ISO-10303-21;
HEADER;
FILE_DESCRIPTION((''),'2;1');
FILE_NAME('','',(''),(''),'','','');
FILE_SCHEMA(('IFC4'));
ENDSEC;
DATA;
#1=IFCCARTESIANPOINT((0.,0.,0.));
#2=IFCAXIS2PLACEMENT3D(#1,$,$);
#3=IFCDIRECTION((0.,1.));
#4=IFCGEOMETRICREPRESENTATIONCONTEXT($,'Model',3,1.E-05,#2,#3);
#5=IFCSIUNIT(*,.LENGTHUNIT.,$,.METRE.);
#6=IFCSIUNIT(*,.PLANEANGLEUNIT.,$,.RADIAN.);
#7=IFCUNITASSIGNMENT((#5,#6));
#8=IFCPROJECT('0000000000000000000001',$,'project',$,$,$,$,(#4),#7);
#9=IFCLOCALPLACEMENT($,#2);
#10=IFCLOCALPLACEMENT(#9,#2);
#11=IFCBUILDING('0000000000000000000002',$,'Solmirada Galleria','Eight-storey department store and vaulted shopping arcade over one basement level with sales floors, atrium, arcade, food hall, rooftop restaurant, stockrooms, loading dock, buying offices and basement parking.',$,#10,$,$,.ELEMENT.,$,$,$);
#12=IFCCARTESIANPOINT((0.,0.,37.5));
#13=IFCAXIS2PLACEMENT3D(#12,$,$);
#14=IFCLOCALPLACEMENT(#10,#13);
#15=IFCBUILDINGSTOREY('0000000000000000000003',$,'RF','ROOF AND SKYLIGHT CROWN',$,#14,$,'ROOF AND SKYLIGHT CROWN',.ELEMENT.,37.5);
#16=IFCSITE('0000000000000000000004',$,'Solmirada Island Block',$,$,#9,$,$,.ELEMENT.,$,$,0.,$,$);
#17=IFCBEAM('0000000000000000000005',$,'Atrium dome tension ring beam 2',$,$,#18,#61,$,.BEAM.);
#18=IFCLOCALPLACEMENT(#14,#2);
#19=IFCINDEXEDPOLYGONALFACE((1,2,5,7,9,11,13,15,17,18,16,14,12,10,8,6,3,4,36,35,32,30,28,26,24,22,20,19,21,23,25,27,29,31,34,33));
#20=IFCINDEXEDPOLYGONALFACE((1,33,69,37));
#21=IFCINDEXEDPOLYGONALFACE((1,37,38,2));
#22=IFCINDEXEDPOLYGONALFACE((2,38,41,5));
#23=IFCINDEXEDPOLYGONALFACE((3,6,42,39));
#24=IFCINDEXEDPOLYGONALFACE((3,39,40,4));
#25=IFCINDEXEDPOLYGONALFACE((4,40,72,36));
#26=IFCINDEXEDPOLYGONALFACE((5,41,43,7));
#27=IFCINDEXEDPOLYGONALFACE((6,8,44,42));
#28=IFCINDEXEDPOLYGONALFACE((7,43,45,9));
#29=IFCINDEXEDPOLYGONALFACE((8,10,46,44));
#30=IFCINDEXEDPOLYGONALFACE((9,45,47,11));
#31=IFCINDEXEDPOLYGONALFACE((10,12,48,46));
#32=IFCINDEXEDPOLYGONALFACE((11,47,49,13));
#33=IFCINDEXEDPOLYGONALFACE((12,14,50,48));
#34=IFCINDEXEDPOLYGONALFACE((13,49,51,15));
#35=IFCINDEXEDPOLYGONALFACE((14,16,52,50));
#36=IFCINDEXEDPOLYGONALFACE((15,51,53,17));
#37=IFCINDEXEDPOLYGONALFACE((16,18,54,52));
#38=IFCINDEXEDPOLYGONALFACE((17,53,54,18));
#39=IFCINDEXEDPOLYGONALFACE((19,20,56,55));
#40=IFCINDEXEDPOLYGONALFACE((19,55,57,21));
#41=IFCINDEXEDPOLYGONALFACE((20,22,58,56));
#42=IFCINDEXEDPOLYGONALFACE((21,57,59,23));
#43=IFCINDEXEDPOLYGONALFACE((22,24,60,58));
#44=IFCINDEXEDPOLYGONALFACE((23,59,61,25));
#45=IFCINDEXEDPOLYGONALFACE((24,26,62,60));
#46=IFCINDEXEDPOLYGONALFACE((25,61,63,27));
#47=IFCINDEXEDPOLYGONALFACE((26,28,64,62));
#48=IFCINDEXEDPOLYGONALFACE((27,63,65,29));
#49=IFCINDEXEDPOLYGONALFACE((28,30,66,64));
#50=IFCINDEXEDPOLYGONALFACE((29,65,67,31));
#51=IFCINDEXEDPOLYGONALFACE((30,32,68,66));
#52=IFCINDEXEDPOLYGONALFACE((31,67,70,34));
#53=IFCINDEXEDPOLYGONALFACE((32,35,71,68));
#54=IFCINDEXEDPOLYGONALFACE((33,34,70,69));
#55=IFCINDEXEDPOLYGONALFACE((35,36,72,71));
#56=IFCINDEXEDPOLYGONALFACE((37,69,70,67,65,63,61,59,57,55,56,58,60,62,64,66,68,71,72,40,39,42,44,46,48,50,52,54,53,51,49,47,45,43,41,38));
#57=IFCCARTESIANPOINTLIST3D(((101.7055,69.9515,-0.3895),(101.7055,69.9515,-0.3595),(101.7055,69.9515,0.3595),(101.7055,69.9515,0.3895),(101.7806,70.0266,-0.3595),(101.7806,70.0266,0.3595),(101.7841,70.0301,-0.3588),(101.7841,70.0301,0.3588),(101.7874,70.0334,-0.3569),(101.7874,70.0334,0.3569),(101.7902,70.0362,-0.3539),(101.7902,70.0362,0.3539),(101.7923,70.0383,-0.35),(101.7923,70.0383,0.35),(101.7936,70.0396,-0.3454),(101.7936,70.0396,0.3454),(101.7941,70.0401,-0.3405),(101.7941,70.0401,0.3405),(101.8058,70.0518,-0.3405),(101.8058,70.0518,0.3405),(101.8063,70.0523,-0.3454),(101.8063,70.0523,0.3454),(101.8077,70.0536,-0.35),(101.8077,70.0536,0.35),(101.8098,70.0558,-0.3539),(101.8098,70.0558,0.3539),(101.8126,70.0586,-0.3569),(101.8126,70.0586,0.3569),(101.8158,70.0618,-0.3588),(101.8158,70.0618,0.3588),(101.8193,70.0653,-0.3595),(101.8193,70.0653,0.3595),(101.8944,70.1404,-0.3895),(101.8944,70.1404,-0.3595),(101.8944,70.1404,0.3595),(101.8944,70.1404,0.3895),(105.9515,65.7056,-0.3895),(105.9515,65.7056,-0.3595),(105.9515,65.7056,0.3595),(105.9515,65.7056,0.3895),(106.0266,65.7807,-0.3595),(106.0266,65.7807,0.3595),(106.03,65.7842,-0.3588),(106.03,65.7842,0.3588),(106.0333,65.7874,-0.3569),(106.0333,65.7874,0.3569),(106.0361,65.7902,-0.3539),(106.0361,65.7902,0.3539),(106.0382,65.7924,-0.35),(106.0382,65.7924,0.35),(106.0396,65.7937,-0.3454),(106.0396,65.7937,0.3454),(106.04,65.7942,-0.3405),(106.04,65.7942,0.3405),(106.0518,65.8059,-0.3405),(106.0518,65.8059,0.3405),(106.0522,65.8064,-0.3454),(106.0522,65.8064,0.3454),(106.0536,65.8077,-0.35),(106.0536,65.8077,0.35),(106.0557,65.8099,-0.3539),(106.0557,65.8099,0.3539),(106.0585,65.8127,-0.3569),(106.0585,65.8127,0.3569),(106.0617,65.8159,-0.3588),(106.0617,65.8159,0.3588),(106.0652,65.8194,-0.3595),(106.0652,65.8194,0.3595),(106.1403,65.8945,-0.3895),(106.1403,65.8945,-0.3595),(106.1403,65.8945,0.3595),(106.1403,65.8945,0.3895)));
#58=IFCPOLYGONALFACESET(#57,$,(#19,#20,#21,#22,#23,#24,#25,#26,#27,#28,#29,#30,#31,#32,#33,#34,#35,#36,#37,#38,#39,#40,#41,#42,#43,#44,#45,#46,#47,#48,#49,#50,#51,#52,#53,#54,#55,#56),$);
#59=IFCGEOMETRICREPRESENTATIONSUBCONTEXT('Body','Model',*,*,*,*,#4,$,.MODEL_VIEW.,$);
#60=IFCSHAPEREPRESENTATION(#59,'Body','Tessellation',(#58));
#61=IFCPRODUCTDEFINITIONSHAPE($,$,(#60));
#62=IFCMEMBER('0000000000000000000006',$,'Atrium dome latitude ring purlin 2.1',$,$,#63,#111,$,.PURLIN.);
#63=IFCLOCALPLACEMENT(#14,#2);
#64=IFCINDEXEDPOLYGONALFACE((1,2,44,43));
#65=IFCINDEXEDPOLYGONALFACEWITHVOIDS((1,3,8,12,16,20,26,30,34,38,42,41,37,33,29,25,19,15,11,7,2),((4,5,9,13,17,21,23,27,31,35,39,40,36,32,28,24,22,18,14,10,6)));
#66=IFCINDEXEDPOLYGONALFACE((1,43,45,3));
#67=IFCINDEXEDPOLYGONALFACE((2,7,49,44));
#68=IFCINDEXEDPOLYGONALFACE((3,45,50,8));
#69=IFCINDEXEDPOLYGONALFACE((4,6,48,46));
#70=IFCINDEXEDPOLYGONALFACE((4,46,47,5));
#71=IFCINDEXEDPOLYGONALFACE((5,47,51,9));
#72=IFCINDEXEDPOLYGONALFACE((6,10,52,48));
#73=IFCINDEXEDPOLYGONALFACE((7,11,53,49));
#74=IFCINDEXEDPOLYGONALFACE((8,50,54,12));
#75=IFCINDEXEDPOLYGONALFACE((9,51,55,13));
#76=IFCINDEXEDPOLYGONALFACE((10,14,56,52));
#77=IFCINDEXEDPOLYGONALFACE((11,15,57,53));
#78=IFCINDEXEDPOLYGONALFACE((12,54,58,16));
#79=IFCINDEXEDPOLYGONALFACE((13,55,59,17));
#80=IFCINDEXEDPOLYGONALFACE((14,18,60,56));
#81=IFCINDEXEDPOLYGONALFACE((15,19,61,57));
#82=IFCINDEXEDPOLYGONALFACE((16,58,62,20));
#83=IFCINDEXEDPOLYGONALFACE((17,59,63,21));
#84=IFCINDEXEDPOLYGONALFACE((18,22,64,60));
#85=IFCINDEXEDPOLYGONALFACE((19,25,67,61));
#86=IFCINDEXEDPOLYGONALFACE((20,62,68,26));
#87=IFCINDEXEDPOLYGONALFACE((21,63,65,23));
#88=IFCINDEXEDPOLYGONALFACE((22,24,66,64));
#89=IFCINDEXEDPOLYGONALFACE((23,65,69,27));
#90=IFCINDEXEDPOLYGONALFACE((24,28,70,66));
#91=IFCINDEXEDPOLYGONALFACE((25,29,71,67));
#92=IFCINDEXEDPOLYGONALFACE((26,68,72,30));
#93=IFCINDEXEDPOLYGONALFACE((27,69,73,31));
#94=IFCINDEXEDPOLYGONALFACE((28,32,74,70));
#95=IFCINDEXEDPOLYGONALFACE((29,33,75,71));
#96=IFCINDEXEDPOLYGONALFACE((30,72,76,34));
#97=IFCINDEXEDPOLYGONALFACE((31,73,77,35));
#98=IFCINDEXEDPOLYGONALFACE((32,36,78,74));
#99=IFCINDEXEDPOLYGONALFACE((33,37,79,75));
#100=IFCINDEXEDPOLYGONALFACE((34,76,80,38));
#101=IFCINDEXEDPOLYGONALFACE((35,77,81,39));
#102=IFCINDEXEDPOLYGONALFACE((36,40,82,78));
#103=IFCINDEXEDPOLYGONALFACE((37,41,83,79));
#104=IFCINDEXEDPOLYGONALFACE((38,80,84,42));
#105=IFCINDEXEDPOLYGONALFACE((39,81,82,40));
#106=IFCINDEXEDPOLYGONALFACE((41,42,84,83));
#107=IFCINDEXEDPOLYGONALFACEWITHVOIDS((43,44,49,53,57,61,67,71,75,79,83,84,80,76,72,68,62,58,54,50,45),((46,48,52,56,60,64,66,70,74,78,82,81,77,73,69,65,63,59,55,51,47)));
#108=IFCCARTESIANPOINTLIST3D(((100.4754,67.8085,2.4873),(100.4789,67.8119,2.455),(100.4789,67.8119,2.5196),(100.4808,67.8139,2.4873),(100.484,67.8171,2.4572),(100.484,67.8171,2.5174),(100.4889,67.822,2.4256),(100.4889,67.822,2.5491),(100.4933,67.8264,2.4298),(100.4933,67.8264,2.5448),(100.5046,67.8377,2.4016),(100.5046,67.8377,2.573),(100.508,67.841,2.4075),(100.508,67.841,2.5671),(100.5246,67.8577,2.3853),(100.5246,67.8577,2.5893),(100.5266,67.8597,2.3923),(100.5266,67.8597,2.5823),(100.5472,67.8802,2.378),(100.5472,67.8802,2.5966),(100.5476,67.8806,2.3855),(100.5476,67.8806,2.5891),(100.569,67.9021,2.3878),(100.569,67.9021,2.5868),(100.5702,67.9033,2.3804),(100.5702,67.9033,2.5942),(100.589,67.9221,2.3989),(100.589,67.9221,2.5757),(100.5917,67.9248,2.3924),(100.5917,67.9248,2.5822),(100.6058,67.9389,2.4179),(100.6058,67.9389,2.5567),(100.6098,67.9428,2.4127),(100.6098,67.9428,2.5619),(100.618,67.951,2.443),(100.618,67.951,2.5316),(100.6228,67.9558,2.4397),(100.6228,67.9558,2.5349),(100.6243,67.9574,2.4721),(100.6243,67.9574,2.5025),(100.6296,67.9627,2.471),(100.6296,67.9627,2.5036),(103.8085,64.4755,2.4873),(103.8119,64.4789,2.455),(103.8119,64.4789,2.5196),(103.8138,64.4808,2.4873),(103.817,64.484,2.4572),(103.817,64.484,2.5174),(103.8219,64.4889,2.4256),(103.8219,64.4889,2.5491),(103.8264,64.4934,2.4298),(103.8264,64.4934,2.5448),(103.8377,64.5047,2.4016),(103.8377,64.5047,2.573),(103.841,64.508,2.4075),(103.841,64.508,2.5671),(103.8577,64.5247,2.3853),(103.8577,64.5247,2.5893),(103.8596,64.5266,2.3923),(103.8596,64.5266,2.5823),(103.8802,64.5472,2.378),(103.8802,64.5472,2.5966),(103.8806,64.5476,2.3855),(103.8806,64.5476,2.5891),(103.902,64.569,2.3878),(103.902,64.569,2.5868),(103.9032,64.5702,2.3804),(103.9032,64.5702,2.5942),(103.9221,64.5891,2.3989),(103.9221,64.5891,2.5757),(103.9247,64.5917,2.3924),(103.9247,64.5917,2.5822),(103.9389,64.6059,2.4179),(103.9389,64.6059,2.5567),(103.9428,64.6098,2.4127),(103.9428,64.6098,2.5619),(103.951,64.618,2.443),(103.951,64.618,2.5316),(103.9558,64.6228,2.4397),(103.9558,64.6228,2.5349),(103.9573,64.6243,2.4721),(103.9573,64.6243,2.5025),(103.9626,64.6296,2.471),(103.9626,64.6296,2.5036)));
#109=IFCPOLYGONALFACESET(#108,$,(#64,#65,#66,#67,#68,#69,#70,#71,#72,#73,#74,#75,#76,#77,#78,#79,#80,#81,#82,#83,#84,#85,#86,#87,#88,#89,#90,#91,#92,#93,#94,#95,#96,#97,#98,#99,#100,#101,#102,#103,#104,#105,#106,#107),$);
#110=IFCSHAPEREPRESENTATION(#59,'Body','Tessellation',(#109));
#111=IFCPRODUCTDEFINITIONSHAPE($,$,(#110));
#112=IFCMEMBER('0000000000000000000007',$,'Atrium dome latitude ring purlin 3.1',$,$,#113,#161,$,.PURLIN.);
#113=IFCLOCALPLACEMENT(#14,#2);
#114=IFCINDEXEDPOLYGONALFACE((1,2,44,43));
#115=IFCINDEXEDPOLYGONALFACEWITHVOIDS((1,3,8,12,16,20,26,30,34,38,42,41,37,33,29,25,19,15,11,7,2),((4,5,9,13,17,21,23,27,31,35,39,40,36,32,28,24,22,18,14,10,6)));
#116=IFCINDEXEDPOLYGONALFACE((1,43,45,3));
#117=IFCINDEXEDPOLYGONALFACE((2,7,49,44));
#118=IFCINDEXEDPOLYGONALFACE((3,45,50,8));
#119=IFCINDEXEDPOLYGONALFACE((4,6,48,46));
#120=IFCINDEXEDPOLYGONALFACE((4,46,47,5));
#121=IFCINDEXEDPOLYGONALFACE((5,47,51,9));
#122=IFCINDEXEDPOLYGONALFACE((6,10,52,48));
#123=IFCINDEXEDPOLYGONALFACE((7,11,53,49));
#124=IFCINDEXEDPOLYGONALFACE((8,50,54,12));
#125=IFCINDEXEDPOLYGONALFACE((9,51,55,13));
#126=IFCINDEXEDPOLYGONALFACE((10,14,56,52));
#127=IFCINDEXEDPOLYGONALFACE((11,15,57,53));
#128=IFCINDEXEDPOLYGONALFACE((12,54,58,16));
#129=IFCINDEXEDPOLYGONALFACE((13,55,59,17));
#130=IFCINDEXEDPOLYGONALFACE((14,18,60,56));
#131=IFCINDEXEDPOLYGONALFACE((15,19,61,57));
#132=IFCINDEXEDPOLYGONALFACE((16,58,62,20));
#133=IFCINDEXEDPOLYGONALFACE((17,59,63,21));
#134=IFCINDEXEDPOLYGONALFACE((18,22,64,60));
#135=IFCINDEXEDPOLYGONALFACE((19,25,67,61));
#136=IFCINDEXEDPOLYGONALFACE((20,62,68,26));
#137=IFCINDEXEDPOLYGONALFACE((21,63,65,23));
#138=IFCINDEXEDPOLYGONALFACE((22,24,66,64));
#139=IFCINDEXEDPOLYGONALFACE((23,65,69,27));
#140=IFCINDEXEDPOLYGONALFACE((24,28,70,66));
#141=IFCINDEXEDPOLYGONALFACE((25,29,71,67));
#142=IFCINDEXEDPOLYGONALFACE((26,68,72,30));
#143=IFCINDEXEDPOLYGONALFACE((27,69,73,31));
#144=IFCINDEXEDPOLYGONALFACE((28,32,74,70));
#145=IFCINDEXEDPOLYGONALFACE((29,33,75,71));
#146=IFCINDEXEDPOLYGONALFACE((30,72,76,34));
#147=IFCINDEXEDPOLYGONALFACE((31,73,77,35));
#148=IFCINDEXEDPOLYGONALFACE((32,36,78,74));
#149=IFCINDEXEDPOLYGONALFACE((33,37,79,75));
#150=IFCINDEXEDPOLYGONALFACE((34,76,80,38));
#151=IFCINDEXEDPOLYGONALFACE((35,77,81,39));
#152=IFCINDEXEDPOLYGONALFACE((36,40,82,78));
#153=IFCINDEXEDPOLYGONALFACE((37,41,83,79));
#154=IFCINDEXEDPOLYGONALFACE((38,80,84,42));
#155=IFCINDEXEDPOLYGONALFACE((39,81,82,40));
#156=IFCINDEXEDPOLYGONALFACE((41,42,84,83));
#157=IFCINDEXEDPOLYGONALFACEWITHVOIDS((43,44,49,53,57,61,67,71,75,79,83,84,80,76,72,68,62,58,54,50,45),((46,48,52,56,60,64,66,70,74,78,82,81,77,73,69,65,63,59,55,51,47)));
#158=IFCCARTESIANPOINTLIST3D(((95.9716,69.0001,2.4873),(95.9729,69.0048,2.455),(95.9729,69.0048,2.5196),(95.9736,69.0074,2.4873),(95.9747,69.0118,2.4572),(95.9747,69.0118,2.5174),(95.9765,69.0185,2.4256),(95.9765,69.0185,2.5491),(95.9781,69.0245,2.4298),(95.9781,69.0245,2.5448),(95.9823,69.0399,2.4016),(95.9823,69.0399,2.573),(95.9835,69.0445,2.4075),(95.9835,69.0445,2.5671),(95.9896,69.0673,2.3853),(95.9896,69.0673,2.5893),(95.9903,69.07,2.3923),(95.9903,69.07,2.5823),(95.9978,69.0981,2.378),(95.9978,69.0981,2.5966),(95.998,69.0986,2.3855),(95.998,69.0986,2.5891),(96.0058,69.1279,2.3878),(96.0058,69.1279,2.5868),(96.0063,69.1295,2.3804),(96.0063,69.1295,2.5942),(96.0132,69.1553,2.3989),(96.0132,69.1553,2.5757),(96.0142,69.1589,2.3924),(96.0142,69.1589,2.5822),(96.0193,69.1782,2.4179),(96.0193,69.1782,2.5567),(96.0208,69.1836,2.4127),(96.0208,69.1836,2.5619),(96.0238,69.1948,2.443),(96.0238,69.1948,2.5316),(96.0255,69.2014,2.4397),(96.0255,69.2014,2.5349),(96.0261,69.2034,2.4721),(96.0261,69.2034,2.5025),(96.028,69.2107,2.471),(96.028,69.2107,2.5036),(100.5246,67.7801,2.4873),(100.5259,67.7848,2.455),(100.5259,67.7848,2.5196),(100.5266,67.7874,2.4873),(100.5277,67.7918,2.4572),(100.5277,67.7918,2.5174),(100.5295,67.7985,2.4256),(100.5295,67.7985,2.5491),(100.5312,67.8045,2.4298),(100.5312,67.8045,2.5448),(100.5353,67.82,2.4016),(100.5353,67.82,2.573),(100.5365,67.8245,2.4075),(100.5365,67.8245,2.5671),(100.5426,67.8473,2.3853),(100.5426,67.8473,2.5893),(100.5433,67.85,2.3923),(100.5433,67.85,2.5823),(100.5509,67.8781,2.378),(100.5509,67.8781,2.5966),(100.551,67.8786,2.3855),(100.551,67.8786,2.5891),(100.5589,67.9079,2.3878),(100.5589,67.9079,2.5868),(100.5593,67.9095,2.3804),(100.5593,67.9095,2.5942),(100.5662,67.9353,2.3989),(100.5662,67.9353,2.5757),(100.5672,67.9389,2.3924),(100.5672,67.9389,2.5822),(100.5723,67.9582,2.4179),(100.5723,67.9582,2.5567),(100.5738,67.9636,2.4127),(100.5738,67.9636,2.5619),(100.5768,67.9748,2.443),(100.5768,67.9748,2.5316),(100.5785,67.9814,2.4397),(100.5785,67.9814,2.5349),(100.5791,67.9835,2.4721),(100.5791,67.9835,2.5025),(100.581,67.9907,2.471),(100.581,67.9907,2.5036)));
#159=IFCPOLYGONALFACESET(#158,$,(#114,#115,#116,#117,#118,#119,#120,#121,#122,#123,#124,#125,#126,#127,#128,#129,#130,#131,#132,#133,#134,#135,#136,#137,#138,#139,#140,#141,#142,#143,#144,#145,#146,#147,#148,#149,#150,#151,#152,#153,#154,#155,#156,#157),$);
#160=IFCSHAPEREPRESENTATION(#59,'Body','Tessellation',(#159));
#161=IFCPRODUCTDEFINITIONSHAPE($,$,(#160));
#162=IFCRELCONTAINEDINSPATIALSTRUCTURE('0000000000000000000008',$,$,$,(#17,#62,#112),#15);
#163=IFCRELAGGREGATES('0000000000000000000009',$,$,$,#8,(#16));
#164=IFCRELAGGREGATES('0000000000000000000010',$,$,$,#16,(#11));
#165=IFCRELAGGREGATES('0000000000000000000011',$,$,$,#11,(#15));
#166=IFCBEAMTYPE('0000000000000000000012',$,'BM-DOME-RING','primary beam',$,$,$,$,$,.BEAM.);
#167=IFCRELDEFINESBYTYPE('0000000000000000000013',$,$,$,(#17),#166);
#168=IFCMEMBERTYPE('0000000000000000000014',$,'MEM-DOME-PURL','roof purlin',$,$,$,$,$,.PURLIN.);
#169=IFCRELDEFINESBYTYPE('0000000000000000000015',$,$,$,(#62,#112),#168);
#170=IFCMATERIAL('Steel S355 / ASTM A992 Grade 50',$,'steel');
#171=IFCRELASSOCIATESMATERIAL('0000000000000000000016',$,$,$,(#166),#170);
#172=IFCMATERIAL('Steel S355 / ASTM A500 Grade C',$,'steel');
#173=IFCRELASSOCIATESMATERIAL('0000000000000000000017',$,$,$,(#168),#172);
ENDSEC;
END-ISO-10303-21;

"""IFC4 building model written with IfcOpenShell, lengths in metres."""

from ifc_helpers import new_model, si_unit, direction, frame, origin, origin_2d, place, context, subcontext, project, spatial, hollow_circle, i_section, extrude, material, material_profile, profile_set, type_object, element, save


model = new_model("IFC4")

# Units and contexts
model_context = context("Model", 3, precision=1e-05, world=origin(), true_north=direction((0.0, 1.0)))
body_context = subcontext(model_context, "Body", "Model", "MODEL_VIEW")
ifc_project = project(units=[si_unit("LENGTHUNIT", "METRE"), si_unit("PLANEANGLEUNIT", "RADIAN")], contexts=[model_context])

# Site, building, storey
site_placement = place(None, origin())
site = spatial("IfcSite", under=ifc_project, at=site_placement, Name="Solmirada Island Block", CompositionType="ELEMENT", RefElevation=0.0)
building_placement = place(site_placement, origin())
building = spatial("IfcBuilding", under=site, at=building_placement, Name="Solmirada Galleria", Description="Eight-storey department store and vaulted shopping arcade over one basement level with sales floors, atrium, arcade, food hall, rooftop restaurant, stockrooms, loading dock, buying offices and basement parking.", CompositionType="ELEMENT")
storey_placement = place(building_placement, frame((0.0, 0.0, 37.5)))
storey = spatial("IfcBuildingStorey", under=building, at=storey_placement, Name="RF", Description="ROOF AND SKYLIGHT CROWN", LongName="ROOF AND SKYLIGHT CROWN", CompositionType="ELEMENT", Elevation=37.5)

# Beam
ifc_material_1 = material(Name="Steel S355 / ASTM A992 Grade 50", Category="steel")
ifc_material_profile_1 = material_profile(ifc_material_1, i_section(OverallWidth=0.2671, OverallDepth=0.7791, WebThickness=0.0166, FlangeThickness=0.03, FilletRadius=0.019, at=origin_2d()), Name="W30X148")
ifc_profile_set_1 = profile_set([ifc_material_profile_1], Name="Steel S355 / ASTM A992 Grade 50")
beam_type = type_object("IfcBeamType", Name="BM-DOME-RING", Description="primary beam", PredefinedType="BEAM", material=ifc_profile_set_1)
beam_placement = place(storey_placement, frame((106.0459, 65.8, 0.0), z_axis=(-0.707107, 0.707107, 0.0), x_axis=(-0.707107, -0.707107, 0.0)))
element("IfcBeam", 1, at=beam_placement, inside=storey, type_object=beam_type, Name="Atrium dome tension ring beam 2", PredefinedType="BEAM", context=body_context, shape_type="SweptSolid", body=[
    extrude(i_section(OverallWidth=0.2671, OverallDepth=0.7791, WebThickness=0.0166, FlangeThickness=0.03, FilletRadius=0.019, at=origin_2d()), origin(), (0.0, 0.0, 1.0), 6.0046),
])

# Members
ifc_material_2 = material(Name="Steel S355 / ASTM A500 Grade C", Category="steel")
ifc_material_profile_2 = material_profile(ifc_material_2, hollow_circle(Radius=0.1096, WallThickness=0.0076, at=origin_2d()), Name="HSS8.625X0.322")
ifc_profile_set_2 = profile_set([ifc_material_profile_2], Name="Steel S355 / ASTM A500 Grade C")
member_type_1 = type_object("IfcMemberType", Name="MEM-DOME-PURL", Description="roof purlin", PredefinedType="PURLIN", material=ifc_profile_set_2)
for number, where, z_axis, x_axis, name in (
    (2, (103.886, 64.553, 2.4873), (-0.707107, 0.707107, 0.0), (-0.707107, -0.707107, 0.0), "Atrium dome latitude ring purlin 2.1"),
    (3, (100.553, 67.886, 2.4873), (-0.965926, 0.25882, 0.0), (-0.25882, -0.965926, 0.0), "Atrium dome latitude ring purlin 3.1"),
):
    element("IfcMember", number, at=place(storey_placement, frame(where, z_axis=z_axis, x_axis=x_axis)), inside=storey, type_object=member_type_1, Name=name, PredefinedType="PURLIN", context=body_context, shape_type="SweptSolid", body=[
        extrude(hollow_circle(Radius=0.1096, WallThickness=0.0076, at=origin_2d()), origin(), (0.0, 0.0, 1.0), 4.7136),
    ])

save(model, "model.ifc")
